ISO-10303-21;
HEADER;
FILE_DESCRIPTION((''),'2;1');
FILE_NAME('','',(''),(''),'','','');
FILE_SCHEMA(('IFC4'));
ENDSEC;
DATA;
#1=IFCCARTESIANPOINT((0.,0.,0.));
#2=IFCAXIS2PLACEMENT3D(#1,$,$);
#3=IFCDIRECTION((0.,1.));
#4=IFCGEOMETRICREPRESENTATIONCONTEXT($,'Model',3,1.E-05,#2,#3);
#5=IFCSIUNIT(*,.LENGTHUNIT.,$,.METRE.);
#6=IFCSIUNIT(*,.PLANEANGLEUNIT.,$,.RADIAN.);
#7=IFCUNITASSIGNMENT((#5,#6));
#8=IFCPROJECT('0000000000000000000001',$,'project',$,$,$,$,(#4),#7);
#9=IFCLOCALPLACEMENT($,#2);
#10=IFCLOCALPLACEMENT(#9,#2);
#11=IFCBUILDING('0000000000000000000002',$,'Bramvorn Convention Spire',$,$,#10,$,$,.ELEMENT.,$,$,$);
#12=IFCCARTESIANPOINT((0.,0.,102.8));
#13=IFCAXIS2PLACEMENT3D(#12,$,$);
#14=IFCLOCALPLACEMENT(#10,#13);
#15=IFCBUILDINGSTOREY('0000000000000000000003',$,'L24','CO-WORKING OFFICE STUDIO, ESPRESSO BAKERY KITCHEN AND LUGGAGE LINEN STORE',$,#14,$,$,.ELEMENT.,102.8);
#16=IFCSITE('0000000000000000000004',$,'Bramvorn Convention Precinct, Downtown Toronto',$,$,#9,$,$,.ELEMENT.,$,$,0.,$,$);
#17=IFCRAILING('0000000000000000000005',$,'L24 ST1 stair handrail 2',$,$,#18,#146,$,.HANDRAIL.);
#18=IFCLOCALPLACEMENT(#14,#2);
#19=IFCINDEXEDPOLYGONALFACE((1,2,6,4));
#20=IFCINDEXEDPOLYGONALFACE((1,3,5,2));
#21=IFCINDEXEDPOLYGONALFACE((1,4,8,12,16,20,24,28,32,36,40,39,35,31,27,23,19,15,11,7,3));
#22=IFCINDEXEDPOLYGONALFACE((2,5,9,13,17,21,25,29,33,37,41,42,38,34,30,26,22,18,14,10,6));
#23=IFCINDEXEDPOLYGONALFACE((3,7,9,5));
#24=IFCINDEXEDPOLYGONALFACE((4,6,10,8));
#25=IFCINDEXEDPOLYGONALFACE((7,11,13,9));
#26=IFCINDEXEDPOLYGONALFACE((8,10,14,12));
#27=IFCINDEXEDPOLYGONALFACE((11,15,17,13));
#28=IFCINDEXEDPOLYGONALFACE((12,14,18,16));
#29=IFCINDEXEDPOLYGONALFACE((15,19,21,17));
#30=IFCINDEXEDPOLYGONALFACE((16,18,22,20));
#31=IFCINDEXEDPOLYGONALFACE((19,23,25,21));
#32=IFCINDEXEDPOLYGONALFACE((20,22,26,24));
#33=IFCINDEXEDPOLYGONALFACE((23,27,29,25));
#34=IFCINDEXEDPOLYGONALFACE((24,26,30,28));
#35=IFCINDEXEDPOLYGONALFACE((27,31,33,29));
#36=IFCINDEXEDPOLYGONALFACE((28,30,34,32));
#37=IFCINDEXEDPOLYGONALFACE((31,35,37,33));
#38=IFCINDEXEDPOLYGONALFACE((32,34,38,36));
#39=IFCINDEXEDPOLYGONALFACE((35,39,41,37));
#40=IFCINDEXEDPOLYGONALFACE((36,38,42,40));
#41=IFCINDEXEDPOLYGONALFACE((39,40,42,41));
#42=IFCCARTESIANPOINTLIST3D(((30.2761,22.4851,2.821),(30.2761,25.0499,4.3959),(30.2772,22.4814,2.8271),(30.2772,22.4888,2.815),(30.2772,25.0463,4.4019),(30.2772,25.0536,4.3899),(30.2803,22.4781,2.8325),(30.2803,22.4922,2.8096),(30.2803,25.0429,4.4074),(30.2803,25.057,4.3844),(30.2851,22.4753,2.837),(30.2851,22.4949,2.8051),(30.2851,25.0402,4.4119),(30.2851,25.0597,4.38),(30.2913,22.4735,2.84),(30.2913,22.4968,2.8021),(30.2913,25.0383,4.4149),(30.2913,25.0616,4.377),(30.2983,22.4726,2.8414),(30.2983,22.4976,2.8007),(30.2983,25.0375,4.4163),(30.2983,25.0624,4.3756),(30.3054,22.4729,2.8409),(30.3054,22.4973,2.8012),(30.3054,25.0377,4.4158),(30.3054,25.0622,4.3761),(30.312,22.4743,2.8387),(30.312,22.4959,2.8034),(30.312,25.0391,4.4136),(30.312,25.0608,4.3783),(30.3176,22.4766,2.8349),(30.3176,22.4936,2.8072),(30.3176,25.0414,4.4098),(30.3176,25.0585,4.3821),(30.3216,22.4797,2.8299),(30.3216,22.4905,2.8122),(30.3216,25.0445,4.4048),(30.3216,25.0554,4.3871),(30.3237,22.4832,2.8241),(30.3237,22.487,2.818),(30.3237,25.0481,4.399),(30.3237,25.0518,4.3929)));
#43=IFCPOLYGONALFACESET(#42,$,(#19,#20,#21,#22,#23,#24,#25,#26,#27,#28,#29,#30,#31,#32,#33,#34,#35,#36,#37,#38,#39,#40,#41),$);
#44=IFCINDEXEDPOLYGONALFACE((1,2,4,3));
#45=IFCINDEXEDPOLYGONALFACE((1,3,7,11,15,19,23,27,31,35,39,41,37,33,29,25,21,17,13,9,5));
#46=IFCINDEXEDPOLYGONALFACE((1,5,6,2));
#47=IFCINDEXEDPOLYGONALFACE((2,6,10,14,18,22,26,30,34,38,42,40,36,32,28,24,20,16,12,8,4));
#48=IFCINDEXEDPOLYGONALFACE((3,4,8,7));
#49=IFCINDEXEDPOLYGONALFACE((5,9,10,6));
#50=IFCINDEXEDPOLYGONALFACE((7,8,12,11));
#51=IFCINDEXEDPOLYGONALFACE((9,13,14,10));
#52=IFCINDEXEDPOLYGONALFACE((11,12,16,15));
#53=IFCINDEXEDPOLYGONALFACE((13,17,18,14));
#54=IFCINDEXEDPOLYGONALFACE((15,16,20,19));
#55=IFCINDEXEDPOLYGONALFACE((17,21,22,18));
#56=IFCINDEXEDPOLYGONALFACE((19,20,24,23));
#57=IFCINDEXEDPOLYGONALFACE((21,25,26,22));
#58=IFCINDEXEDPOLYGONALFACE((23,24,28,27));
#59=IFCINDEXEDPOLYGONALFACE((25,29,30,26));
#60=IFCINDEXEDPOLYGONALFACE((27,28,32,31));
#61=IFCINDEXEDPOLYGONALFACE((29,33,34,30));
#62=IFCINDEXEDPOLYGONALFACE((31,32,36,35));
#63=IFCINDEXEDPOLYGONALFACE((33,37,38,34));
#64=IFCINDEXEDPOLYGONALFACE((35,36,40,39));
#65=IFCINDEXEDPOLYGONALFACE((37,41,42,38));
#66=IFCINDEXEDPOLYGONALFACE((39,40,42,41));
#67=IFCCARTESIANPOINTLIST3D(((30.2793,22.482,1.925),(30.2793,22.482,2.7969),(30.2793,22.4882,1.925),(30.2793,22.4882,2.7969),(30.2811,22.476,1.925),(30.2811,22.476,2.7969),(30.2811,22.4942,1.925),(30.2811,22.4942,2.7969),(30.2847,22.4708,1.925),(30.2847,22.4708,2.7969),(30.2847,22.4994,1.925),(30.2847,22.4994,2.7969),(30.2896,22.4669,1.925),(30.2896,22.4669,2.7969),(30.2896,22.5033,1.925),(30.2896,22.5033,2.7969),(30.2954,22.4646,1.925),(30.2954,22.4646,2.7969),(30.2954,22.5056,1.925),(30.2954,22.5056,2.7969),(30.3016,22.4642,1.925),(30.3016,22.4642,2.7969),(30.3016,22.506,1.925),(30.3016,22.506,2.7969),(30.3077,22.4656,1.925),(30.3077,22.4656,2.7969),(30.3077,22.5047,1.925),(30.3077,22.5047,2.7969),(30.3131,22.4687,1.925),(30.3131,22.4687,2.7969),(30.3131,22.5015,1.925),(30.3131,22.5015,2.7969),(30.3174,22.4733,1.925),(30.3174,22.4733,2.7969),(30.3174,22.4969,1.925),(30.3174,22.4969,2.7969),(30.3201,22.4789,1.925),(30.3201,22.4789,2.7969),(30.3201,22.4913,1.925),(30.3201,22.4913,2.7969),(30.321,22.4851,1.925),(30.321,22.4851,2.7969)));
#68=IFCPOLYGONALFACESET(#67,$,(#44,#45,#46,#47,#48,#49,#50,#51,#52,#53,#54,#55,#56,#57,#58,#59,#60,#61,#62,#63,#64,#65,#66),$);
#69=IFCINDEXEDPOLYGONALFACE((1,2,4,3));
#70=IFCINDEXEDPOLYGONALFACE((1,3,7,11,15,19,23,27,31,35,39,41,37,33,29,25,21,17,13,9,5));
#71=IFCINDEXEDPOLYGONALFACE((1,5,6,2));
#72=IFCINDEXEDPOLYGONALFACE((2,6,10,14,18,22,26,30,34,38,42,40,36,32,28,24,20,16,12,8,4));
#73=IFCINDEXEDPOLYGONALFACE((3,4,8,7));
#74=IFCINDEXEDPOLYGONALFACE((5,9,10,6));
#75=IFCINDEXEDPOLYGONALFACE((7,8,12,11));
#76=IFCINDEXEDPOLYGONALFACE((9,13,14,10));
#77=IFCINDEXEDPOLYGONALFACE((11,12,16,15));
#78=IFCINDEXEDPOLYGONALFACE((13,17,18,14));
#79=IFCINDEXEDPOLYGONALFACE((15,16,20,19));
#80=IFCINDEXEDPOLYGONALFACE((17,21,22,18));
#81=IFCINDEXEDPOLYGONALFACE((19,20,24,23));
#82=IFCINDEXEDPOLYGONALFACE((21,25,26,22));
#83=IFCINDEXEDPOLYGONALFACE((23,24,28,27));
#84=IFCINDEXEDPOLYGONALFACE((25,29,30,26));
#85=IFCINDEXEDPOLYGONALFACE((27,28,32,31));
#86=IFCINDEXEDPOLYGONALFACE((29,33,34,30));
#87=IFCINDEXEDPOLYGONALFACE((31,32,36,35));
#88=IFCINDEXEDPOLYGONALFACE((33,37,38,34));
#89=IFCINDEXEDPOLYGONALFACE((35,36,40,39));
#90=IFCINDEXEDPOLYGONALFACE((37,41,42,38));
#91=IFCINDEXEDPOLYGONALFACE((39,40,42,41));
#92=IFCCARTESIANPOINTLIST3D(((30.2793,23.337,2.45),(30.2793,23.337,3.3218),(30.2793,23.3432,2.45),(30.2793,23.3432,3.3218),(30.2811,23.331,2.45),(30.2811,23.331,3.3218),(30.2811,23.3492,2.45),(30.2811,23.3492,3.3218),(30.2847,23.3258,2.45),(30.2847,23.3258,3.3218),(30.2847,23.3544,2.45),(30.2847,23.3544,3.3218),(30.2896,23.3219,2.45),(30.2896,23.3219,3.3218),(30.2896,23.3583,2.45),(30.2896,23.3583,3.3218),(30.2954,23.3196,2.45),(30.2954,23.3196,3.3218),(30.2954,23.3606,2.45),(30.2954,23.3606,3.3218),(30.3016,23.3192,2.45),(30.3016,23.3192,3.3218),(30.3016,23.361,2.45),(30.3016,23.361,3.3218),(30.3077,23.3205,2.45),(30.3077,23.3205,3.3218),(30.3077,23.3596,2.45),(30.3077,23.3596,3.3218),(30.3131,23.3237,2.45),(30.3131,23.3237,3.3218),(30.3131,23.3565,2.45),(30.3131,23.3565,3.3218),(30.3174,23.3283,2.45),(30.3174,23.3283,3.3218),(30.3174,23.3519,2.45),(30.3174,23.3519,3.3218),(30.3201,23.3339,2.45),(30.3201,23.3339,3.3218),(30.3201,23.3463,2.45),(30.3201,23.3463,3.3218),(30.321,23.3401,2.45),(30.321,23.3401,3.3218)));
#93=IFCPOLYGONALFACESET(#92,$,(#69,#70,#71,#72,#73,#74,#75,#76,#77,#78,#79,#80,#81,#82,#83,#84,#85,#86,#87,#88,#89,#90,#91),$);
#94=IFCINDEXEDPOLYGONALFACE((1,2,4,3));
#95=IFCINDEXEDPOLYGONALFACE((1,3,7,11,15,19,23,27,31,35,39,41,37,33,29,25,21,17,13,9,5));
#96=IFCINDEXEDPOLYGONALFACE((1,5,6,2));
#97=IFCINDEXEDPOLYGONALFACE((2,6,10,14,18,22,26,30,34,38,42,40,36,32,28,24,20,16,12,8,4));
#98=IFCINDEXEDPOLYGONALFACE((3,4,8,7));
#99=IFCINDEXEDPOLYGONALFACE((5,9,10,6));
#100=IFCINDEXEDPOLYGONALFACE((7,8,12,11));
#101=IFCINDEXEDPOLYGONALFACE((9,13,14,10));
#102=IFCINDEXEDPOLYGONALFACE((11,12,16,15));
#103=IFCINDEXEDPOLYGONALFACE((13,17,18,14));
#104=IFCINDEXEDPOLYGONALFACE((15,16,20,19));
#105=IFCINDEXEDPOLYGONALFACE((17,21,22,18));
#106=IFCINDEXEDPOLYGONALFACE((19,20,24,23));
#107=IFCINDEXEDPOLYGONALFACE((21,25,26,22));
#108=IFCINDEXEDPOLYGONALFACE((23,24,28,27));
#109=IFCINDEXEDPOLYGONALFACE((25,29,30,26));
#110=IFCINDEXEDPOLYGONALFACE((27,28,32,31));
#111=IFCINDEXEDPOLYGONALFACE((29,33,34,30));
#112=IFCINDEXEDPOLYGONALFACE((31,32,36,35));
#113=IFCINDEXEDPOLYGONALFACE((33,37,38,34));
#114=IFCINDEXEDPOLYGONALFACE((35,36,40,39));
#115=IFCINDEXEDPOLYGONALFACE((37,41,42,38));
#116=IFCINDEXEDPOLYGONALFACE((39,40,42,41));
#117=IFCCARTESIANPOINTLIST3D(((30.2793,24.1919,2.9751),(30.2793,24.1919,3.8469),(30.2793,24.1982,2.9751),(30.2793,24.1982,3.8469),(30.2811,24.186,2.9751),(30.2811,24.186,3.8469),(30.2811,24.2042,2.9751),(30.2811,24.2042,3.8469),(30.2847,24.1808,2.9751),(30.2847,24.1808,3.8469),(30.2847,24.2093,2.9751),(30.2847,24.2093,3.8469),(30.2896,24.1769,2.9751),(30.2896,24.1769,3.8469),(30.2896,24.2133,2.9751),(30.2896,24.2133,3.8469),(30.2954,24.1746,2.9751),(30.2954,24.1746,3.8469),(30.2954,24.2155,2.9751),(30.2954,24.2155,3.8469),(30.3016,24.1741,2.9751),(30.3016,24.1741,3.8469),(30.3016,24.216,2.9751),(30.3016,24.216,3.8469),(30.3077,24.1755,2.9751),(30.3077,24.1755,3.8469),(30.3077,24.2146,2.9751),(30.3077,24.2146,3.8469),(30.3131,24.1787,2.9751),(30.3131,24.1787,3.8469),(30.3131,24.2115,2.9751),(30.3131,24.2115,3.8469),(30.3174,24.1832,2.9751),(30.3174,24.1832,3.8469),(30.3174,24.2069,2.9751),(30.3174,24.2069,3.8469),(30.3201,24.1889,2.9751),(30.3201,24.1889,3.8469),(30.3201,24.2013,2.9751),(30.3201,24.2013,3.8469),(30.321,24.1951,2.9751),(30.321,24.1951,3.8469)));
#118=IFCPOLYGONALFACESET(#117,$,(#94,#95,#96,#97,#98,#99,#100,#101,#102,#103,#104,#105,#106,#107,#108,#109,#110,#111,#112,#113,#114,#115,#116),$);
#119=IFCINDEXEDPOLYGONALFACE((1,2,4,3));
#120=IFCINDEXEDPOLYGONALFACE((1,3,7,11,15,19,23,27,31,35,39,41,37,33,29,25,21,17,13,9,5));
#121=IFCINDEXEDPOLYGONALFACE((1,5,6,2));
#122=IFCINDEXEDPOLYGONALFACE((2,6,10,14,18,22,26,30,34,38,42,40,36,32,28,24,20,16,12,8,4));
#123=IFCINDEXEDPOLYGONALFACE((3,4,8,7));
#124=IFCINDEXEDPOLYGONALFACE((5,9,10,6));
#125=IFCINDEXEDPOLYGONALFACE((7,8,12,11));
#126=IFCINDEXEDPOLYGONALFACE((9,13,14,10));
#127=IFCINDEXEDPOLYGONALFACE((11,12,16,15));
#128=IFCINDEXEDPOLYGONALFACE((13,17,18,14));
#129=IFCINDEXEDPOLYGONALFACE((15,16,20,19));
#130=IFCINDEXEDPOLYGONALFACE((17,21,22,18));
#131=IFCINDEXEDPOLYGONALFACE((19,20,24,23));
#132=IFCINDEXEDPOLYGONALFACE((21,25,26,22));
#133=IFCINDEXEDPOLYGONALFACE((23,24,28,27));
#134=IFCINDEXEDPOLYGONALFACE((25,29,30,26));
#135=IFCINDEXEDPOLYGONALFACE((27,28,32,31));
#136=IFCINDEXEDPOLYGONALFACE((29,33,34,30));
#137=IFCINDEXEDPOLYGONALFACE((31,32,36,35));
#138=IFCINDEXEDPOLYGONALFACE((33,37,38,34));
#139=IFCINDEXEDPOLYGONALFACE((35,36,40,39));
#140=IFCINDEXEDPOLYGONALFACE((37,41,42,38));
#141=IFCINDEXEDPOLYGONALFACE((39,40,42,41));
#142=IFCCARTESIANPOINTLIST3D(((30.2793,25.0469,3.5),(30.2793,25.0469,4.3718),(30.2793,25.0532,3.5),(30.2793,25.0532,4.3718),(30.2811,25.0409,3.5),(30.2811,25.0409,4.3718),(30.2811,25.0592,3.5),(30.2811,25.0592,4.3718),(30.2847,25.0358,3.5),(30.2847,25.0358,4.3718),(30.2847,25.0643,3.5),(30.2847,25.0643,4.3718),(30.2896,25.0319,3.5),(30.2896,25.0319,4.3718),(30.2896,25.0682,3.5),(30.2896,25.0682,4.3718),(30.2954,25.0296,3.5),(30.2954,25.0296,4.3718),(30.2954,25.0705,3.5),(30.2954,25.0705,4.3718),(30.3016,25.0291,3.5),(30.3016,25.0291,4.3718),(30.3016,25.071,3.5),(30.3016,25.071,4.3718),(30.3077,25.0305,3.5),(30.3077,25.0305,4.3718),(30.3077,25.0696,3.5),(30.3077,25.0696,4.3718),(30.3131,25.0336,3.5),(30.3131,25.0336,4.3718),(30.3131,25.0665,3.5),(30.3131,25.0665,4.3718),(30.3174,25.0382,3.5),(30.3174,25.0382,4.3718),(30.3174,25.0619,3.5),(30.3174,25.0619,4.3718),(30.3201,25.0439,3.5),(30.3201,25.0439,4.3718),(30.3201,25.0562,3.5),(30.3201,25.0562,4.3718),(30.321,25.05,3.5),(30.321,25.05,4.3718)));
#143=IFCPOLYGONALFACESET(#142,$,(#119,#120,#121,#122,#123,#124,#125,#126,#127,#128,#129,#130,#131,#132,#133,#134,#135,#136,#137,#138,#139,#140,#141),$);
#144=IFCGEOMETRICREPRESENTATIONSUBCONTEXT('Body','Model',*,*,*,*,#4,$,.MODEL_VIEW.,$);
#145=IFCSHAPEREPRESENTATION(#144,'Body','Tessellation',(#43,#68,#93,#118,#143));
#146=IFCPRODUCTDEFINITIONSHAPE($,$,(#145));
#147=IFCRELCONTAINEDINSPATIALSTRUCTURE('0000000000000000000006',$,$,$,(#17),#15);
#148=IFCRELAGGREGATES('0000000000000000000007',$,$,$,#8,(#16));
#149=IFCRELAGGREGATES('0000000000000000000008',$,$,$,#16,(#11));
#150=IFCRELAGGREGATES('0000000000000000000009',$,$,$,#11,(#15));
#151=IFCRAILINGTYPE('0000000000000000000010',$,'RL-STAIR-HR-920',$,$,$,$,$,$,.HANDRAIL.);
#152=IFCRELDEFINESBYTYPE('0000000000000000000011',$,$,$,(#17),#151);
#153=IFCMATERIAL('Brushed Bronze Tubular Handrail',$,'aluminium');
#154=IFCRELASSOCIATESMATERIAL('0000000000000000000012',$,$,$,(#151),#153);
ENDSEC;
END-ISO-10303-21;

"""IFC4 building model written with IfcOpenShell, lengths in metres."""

from ifc_helpers import new_model, si_unit, direction, frame, origin, origin_2d, place, context, subcontext, project, spatial, circle, extrude, material, type_object, element, save


model = new_model("IFC4")

# Units and contexts
model_context = context("Model", 3, precision=1e-05, world=origin(), true_north=direction((0.0, 1.0)))
body_context = subcontext(model_context, "Body", "Model", "MODEL_VIEW")
ifc_project = project(units=[si_unit("LENGTHUNIT", "METRE"), si_unit("PLANEANGLEUNIT", "RADIAN")], contexts=[model_context])

# Site, building, storey
site_placement = place(None, origin())
site = spatial("IfcSite", under=ifc_project, at=site_placement, Name="Bramvorn Convention Precinct, Downtown Toronto", CompositionType="ELEMENT", RefElevation=0.0)
building_placement = place(site_placement, origin())
building = spatial("IfcBuilding", under=site, at=building_placement, Name="Bramvorn Convention Spire", CompositionType="ELEMENT")
storey_placement = place(building_placement, frame((0.0, 0.0, 102.8)))
storey = spatial("IfcBuildingStorey", under=building, at=storey_placement, Name="L24", Description="CO-WORKING OFFICE STUDIO, ESPRESSO BAKERY KITCHEN AND LUGGAGE LINEN STORE", CompositionType="ELEMENT", Elevation=102.8)

# Railing
ifc_material_1 = material(Name="Brushed Bronze Tubular Handrail", Category="aluminium")
railing_type_1 = type_object("IfcRailingType", Name="RL-STAIR-HR-920", PredefinedType="HANDRAIL", material=ifc_material_1)
for number, where, name in (
    (1, (30.3, 22.4851, 1.925), "L24 ST1 stair handrail 2"),
):
    element("IfcRailing", number, at=place(storey_placement, frame(where)), inside=storey, type_object=railing_type_1, Name=name, PredefinedType="HANDRAIL", context=body_context, shape_type="SweptSolid", body=[
        extrude(circle(Radius=0.0239, at=origin_2d()), frame((0.0, 0.0, 0.896), z_axis=(0.0, 0.852173, 0.52326), x_axis=(-1.0, 0.0, 0.0)), (0.0, 0.0, 1.0), 3.0098),
        extrude(circle(Radius=0.021, at=origin_2d()), origin(), (0.0, 0.0, 1.0), 0.8718),
        extrude(circle(Radius=0.021, at=origin_2d()), frame((0.0, 0.855, 0.5249)), (0.0, 0.0, 1.0), 0.8718),
        extrude(circle(Radius=0.021, at=origin_2d()), frame((0.0, 1.71, 1.05)), (0.0, 0.0, 1.0), 0.8718),
        extrude(circle(Radius=0.021, at=origin_2d()), frame((0.0, 2.5649, 1.575)), (0.0, 0.0, 1.0), 0.8718),
    ])

save(model, "model.ifc")
